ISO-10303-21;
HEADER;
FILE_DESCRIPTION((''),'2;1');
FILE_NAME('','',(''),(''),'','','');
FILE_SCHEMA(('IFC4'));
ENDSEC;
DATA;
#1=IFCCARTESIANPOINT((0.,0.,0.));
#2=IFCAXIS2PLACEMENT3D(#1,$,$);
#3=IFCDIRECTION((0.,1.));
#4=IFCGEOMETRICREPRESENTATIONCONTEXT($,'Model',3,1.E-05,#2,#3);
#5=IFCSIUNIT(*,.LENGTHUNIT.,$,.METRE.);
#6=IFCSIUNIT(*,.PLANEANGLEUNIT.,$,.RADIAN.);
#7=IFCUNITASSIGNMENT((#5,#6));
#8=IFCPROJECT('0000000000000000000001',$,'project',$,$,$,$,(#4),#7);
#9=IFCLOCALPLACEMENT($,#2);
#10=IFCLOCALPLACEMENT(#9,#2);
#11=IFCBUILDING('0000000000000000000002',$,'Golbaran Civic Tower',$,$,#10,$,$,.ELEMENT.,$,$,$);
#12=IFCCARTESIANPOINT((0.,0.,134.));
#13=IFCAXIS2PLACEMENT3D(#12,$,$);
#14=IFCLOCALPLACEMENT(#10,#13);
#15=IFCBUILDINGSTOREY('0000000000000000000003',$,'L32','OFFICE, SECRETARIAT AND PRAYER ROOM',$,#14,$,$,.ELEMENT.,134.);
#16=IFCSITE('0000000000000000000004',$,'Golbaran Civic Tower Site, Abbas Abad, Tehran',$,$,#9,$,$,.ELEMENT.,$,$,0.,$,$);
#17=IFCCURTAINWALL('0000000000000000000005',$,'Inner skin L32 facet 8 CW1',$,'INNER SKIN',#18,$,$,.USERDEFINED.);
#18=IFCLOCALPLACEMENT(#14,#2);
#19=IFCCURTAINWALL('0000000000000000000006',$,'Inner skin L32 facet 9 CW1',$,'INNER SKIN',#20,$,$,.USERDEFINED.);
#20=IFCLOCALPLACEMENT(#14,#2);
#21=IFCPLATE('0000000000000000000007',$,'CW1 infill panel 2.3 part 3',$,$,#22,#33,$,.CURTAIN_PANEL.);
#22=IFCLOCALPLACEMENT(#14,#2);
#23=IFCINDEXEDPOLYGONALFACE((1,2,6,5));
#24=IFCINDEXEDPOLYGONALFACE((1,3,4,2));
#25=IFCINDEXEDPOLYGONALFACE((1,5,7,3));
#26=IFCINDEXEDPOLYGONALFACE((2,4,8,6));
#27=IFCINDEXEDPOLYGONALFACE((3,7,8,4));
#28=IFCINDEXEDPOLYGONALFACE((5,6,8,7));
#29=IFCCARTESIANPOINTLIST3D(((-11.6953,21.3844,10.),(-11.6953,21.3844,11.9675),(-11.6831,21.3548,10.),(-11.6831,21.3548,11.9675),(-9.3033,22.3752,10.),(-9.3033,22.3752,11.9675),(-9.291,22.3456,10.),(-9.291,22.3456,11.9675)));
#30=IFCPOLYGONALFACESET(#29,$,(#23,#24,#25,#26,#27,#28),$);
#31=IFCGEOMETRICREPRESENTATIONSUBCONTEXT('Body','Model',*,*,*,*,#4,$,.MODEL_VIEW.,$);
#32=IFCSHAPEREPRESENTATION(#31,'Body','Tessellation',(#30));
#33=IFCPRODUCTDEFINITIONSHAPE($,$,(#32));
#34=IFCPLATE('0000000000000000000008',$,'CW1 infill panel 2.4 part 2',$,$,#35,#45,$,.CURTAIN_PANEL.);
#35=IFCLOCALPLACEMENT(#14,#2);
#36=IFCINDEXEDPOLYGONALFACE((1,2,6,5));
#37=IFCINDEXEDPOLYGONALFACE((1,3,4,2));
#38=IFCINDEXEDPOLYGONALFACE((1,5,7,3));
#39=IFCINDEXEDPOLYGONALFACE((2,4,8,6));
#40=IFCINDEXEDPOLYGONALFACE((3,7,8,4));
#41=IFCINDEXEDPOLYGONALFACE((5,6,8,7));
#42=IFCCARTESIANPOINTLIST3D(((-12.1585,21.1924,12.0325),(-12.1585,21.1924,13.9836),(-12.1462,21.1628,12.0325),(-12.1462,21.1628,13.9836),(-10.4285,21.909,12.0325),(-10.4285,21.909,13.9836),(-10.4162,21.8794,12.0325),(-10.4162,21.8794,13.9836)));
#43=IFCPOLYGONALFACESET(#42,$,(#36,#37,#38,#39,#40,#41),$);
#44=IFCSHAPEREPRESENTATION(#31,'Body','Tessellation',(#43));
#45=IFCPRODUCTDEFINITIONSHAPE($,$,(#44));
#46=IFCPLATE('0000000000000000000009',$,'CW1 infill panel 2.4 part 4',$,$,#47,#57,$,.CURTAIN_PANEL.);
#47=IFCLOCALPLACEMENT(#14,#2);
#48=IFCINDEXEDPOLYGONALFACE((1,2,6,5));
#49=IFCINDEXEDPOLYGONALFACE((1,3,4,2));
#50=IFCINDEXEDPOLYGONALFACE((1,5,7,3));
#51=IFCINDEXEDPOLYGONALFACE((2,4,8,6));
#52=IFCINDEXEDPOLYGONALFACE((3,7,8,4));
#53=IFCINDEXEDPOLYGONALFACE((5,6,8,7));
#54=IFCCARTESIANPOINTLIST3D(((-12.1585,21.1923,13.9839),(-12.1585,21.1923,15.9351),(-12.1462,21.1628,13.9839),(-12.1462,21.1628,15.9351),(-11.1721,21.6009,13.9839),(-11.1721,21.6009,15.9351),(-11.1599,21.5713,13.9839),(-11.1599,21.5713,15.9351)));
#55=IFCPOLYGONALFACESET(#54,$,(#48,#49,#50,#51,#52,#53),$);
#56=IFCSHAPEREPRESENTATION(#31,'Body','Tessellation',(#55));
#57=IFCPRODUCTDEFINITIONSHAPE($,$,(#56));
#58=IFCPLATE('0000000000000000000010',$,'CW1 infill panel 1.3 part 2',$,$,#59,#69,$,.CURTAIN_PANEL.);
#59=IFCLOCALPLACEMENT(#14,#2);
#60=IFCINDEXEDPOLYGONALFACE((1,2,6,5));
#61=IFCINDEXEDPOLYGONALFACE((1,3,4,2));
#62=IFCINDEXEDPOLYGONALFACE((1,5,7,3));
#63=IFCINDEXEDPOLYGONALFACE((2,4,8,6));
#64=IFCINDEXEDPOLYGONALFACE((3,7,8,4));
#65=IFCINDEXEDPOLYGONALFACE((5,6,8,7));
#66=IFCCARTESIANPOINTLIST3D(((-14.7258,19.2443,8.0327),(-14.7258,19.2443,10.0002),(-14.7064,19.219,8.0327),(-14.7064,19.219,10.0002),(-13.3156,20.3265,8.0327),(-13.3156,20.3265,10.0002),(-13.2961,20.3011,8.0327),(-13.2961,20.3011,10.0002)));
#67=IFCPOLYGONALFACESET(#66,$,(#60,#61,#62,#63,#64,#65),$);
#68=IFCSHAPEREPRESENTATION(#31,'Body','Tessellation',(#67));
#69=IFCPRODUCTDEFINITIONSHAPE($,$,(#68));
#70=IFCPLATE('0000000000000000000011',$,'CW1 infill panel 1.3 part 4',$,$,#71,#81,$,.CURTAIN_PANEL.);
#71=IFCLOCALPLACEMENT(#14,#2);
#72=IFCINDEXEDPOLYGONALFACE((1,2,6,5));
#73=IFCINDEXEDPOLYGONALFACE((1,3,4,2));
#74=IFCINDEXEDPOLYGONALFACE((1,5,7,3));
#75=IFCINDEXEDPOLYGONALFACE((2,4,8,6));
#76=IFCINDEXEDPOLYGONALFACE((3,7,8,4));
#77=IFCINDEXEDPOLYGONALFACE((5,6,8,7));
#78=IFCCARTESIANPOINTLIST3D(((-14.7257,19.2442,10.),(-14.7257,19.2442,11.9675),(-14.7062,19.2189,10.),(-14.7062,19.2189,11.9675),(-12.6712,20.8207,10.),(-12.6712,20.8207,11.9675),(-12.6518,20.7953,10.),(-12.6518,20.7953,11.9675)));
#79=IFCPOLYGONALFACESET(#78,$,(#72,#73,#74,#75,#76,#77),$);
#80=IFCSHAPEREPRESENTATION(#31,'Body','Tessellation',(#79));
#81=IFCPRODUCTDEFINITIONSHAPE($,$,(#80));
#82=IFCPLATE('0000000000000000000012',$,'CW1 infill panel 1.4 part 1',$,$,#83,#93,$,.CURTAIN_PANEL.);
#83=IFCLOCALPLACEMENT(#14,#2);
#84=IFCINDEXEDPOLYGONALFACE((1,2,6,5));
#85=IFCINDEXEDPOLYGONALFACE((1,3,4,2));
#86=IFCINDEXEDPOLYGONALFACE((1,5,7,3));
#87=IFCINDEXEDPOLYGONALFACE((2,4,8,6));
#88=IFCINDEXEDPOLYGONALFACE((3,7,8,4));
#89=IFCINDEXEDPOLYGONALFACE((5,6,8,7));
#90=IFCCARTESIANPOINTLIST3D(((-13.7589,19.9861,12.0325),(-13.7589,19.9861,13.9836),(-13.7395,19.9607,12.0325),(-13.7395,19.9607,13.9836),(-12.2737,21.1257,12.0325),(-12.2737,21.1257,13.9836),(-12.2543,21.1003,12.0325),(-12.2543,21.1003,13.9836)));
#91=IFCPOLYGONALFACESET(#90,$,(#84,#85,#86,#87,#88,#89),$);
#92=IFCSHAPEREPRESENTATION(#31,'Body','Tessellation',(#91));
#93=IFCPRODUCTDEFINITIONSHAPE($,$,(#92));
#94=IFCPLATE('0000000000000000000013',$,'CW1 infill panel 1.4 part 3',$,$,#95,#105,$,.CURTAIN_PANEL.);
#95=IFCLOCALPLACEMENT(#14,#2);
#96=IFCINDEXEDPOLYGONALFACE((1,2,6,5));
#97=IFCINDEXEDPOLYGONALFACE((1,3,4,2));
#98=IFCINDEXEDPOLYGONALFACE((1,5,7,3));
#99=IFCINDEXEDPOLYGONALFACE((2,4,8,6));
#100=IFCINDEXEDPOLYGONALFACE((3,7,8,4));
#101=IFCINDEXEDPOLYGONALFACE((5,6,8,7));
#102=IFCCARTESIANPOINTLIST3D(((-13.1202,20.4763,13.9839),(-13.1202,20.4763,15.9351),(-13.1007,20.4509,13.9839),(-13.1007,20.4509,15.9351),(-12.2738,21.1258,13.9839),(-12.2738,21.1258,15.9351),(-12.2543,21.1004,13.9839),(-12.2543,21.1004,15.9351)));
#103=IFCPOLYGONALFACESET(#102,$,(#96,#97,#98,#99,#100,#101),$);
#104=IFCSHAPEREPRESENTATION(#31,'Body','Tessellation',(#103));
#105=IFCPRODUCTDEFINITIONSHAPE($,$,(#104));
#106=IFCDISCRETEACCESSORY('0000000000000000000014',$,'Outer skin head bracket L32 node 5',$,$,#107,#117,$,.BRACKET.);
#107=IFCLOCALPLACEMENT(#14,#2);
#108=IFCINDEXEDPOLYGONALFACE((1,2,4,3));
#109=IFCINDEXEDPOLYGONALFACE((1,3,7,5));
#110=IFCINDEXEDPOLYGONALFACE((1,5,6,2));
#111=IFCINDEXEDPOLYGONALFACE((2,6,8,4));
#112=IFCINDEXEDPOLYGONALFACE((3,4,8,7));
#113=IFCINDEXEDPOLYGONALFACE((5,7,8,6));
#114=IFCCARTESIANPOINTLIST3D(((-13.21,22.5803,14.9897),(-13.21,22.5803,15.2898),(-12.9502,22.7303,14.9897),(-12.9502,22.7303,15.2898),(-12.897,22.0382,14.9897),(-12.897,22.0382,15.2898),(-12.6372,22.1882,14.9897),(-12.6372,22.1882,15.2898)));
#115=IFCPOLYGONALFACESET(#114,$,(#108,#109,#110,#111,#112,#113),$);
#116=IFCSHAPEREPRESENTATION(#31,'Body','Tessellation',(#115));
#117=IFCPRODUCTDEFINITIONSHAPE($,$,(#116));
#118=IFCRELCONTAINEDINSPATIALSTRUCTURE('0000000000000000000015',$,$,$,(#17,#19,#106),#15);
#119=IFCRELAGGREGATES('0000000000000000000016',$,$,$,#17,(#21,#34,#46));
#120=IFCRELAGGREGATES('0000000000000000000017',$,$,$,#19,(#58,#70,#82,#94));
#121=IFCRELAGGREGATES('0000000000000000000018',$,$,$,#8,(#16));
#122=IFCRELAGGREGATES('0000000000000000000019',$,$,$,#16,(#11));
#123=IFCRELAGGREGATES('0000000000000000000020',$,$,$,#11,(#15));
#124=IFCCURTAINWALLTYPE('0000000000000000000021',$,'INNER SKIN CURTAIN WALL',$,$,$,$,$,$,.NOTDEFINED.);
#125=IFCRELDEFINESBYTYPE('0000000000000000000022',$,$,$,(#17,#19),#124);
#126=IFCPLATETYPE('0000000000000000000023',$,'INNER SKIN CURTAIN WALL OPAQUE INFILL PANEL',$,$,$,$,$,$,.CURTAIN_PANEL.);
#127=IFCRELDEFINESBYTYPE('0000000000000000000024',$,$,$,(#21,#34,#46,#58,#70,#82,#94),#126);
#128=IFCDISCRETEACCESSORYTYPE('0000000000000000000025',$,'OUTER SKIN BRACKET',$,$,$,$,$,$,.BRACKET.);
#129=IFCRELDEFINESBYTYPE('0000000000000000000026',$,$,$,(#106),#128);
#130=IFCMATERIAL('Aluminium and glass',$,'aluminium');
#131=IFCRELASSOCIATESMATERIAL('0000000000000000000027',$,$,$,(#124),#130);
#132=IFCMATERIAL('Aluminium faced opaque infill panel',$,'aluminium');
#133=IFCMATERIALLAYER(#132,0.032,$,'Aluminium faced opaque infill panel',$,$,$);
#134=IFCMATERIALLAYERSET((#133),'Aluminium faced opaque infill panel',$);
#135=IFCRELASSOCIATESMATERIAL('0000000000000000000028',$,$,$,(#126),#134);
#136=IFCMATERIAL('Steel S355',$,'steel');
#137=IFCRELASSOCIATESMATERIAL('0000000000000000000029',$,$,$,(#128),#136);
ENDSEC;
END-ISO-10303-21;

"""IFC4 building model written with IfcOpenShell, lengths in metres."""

from ifc_helpers import new_model, si_unit, direction, frame, origin, origin_2d, place, context, subcontext, project, spatial, rectangle, extrude, material, layer, layer_set, type_object, element, aggregate, save


model = new_model("IFC4")

# Units and contexts
model_context = context("Model", 3, precision=1e-05, world=origin(), true_north=direction((0.0, 1.0)))
body_context = subcontext(model_context, "Body", "Model", "MODEL_VIEW")
ifc_project = project(units=[si_unit("LENGTHUNIT", "METRE"), si_unit("PLANEANGLEUNIT", "RADIAN")], contexts=[model_context])

# Site, building, storey
site_placement = place(None, origin())
site = spatial("IfcSite", under=ifc_project, at=site_placement, Name="Golbaran Civic Tower Site, Abbas Abad, Tehran", CompositionType="ELEMENT", RefElevation=0.0)
building_placement = place(site_placement, origin())
building = spatial("IfcBuilding", under=site, at=building_placement, Name="Golbaran Civic Tower", CompositionType="ELEMENT")
storey_placement = place(building_placement, frame((0.0, 0.0, 134.0)))
storey = spatial("IfcBuildingStorey", under=building, at=storey_placement, Name="L32", Description="OFFICE, SECRETARIAT AND PRAYER ROOM", CompositionType="ELEMENT", Elevation=134.0)

# Curtain walls
ifc_material_1 = material(Name="Aluminium and glass", Category="aluminium")
curtain_wall_type = type_object("IfcCurtainWallType", Name="INNER SKIN CURTAIN WALL", PredefinedType="NOTDEFINED", material=ifc_material_1)
curtain_wall_1_placement = place(storey_placement, origin())
curtain_wall_1 = element("IfcCurtainWall", 1, at=curtain_wall_1_placement, inside=storey, type_object=curtain_wall_type, Name="Inner skin L32 facet 8 CW1", ObjectType="INNER SKIN", PredefinedType="USERDEFINED")
curtain_wall_2_placement = place(storey_placement, origin())
curtain_wall_2 = element("IfcCurtainWall", 2, at=curtain_wall_2_placement, inside=storey, type_object=curtain_wall_type, Name="Inner skin L32 facet 9 CW1", ObjectType="INNER SKIN", PredefinedType="USERDEFINED")

# Plates
ifc_material_2 = material(Name="Aluminium faced opaque infill panel", Category="aluminium")
ifc_layer_1 = layer(ifc_material_2, 0.032, Name="Aluminium faced opaque infill panel")
ifc_layer_set_1 = layer_set([ifc_layer_1], Name="Aluminium faced opaque infill panel")
plate_type_1 = type_object("IfcPlateType", Name="INNER SKIN CURTAIN WALL OPAQUE INFILL PANEL", PredefinedType="CURTAIN_PANEL", material=ifc_layer_set_1)
plate_1_placement = place(storey_placement, frame((-10.4932, 21.865, 10.0), z_axis=(0.0, 0.0, 1.0), x_axis=(-0.92388, -0.382683, 0.0)))
plate_1 = element("IfcPlate", 3, at=plate_1_placement, type_object=plate_type_1, Name="CW1 infill panel 2.3 part 3", PredefinedType="CURTAIN_PANEL", context=body_context, shape_type="SweptSolid", body=[
    extrude(rectangle(XDim=2.5891, YDim=0.032, at=origin_2d()), origin(), (0.0, 0.0, 1.0), 1.9675),
])
plate_2_placement = place(storey_placement, frame((-11.2874, 21.5359, 12.0325), z_axis=(0.0, 0.0, 1.0), x_axis=(-0.92388, -0.382683, 0.0)))
plate_2 = element("IfcPlate", 4, at=plate_2_placement, type_object=plate_type_1, Name="CW1 infill panel 2.4 part 2", PredefinedType="CURTAIN_PANEL", context=body_context, shape_type="SweptSolid", body=[
    extrude(rectangle(XDim=1.8726, YDim=0.032, at=origin_2d()), origin(), (0.0, 0.0, 1.0), 1.9512),
])
plate_3_placement = place(storey_placement, frame((-11.6592, 21.3818, 13.9839), z_axis=(0.0, 0.0, 1.0), x_axis=(-0.92388, -0.382683, 0.0)))
plate_3 = element("IfcPlate", 5, at=plate_3_placement, type_object=plate_type_1, Name="CW1 infill panel 2.4 part 4", PredefinedType="CURTAIN_PANEL", context=body_context, shape_type="SweptSolid", body=[
    extrude(rectangle(XDim=1.0676, YDim=0.032, at=origin_2d()), origin(), (0.0, 0.0, 1.0), 1.9512),
])
aggregate(curtain_wall_1, [plate_1, plate_2, plate_3])
plate_4_placement = place(storey_placement, frame((-14.011, 19.7727, 8.0327), z_axis=(0.0, 0.0, 1.0), x_axis=(-0.793353, -0.608761, 0.0)))
plate_4 = element("IfcPlate", 6, at=plate_4_placement, type_object=plate_type_1, Name="CW1 infill panel 1.3 part 2", PredefinedType="CURTAIN_PANEL", context=body_context, shape_type="SweptSolid", body=[
    extrude(rectangle(XDim=1.7776, YDim=0.032, at=origin_2d()), origin(), (0.0, 0.0, 1.0), 1.9675),
])
plate_5_placement = place(storey_placement, frame((-13.6887, 20.0198, 10.0), z_axis=(0.0, 0.0, 1.0), x_axis=(-0.793353, -0.608761, 0.0)))
plate_5 = element("IfcPlate", 7, at=plate_5_placement, type_object=plate_type_1, Name="CW1 infill panel 1.3 part 4", PredefinedType="CURTAIN_PANEL", context=body_context, shape_type="SweptSolid", body=[
    extrude(rectangle(XDim=2.5896, YDim=0.032, at=origin_2d()), origin(), (0.0, 0.0, 1.0), 1.9675),
])
plate_6_placement = place(storey_placement, frame((-13.0066, 20.5432, 12.0325), z_axis=(0.0, 0.0, 1.0), x_axis=(-0.793353, -0.608761, 0.0)))
plate_6 = element("IfcPlate", 8, at=plate_6_placement, type_object=plate_type_1, Name="CW1 infill panel 1.4 part 1", PredefinedType="CURTAIN_PANEL", context=body_context, shape_type="SweptSolid", body=[
    extrude(rectangle(XDim=1.8721, YDim=0.032, at=origin_2d()), origin(), (0.0, 0.0, 1.0), 1.9512),
])
plate_7_placement = place(storey_placement, frame((-12.6873, 20.7883, 13.9839), z_axis=(0.0, 0.0, 1.0), x_axis=(-0.793353, -0.608761, 0.0)))
plate_7 = element("IfcPlate", 9, at=plate_7_placement, type_object=plate_type_1, Name="CW1 infill panel 1.4 part 3", PredefinedType="CURTAIN_PANEL", context=body_context, shape_type="SweptSolid", body=[
    extrude(rectangle(XDim=1.0669, YDim=0.032, at=origin_2d()), origin(), (0.0, 0.0, 1.0), 1.9512),
])
aggregate(curtain_wall_2, [plate_4, plate_5, plate_6, plate_7])

# Discrete accessory
ifc_material_3 = material(Name="Steel S355", Category="steel")
discrete_accessory_type = type_object("IfcDiscreteAccessoryType", Name="OUTER SKIN BRACKET", PredefinedType="BRACKET", material=ifc_material_3)
discrete_accessory_placement = place(storey_placement, frame((-12.9236, 22.3843, 14.9897), z_axis=(0.0, 0.0, 1.0), x_axis=(-0.5, 0.866025, 0.0)))
element("IfcDiscreteAccessory", 10, at=discrete_accessory_placement, inside=storey, type_object=discrete_accessory_type, Name="Outer skin head bracket L32 node 5", PredefinedType="BRACKET", context=body_context, shape_type="SweptSolid", body=[
    extrude(rectangle(XDim=0.626, YDim=0.3, at=origin_2d()), origin(), (0.0, 0.0, 1.0), 0.3),
])

save(model, "model.ifc")
